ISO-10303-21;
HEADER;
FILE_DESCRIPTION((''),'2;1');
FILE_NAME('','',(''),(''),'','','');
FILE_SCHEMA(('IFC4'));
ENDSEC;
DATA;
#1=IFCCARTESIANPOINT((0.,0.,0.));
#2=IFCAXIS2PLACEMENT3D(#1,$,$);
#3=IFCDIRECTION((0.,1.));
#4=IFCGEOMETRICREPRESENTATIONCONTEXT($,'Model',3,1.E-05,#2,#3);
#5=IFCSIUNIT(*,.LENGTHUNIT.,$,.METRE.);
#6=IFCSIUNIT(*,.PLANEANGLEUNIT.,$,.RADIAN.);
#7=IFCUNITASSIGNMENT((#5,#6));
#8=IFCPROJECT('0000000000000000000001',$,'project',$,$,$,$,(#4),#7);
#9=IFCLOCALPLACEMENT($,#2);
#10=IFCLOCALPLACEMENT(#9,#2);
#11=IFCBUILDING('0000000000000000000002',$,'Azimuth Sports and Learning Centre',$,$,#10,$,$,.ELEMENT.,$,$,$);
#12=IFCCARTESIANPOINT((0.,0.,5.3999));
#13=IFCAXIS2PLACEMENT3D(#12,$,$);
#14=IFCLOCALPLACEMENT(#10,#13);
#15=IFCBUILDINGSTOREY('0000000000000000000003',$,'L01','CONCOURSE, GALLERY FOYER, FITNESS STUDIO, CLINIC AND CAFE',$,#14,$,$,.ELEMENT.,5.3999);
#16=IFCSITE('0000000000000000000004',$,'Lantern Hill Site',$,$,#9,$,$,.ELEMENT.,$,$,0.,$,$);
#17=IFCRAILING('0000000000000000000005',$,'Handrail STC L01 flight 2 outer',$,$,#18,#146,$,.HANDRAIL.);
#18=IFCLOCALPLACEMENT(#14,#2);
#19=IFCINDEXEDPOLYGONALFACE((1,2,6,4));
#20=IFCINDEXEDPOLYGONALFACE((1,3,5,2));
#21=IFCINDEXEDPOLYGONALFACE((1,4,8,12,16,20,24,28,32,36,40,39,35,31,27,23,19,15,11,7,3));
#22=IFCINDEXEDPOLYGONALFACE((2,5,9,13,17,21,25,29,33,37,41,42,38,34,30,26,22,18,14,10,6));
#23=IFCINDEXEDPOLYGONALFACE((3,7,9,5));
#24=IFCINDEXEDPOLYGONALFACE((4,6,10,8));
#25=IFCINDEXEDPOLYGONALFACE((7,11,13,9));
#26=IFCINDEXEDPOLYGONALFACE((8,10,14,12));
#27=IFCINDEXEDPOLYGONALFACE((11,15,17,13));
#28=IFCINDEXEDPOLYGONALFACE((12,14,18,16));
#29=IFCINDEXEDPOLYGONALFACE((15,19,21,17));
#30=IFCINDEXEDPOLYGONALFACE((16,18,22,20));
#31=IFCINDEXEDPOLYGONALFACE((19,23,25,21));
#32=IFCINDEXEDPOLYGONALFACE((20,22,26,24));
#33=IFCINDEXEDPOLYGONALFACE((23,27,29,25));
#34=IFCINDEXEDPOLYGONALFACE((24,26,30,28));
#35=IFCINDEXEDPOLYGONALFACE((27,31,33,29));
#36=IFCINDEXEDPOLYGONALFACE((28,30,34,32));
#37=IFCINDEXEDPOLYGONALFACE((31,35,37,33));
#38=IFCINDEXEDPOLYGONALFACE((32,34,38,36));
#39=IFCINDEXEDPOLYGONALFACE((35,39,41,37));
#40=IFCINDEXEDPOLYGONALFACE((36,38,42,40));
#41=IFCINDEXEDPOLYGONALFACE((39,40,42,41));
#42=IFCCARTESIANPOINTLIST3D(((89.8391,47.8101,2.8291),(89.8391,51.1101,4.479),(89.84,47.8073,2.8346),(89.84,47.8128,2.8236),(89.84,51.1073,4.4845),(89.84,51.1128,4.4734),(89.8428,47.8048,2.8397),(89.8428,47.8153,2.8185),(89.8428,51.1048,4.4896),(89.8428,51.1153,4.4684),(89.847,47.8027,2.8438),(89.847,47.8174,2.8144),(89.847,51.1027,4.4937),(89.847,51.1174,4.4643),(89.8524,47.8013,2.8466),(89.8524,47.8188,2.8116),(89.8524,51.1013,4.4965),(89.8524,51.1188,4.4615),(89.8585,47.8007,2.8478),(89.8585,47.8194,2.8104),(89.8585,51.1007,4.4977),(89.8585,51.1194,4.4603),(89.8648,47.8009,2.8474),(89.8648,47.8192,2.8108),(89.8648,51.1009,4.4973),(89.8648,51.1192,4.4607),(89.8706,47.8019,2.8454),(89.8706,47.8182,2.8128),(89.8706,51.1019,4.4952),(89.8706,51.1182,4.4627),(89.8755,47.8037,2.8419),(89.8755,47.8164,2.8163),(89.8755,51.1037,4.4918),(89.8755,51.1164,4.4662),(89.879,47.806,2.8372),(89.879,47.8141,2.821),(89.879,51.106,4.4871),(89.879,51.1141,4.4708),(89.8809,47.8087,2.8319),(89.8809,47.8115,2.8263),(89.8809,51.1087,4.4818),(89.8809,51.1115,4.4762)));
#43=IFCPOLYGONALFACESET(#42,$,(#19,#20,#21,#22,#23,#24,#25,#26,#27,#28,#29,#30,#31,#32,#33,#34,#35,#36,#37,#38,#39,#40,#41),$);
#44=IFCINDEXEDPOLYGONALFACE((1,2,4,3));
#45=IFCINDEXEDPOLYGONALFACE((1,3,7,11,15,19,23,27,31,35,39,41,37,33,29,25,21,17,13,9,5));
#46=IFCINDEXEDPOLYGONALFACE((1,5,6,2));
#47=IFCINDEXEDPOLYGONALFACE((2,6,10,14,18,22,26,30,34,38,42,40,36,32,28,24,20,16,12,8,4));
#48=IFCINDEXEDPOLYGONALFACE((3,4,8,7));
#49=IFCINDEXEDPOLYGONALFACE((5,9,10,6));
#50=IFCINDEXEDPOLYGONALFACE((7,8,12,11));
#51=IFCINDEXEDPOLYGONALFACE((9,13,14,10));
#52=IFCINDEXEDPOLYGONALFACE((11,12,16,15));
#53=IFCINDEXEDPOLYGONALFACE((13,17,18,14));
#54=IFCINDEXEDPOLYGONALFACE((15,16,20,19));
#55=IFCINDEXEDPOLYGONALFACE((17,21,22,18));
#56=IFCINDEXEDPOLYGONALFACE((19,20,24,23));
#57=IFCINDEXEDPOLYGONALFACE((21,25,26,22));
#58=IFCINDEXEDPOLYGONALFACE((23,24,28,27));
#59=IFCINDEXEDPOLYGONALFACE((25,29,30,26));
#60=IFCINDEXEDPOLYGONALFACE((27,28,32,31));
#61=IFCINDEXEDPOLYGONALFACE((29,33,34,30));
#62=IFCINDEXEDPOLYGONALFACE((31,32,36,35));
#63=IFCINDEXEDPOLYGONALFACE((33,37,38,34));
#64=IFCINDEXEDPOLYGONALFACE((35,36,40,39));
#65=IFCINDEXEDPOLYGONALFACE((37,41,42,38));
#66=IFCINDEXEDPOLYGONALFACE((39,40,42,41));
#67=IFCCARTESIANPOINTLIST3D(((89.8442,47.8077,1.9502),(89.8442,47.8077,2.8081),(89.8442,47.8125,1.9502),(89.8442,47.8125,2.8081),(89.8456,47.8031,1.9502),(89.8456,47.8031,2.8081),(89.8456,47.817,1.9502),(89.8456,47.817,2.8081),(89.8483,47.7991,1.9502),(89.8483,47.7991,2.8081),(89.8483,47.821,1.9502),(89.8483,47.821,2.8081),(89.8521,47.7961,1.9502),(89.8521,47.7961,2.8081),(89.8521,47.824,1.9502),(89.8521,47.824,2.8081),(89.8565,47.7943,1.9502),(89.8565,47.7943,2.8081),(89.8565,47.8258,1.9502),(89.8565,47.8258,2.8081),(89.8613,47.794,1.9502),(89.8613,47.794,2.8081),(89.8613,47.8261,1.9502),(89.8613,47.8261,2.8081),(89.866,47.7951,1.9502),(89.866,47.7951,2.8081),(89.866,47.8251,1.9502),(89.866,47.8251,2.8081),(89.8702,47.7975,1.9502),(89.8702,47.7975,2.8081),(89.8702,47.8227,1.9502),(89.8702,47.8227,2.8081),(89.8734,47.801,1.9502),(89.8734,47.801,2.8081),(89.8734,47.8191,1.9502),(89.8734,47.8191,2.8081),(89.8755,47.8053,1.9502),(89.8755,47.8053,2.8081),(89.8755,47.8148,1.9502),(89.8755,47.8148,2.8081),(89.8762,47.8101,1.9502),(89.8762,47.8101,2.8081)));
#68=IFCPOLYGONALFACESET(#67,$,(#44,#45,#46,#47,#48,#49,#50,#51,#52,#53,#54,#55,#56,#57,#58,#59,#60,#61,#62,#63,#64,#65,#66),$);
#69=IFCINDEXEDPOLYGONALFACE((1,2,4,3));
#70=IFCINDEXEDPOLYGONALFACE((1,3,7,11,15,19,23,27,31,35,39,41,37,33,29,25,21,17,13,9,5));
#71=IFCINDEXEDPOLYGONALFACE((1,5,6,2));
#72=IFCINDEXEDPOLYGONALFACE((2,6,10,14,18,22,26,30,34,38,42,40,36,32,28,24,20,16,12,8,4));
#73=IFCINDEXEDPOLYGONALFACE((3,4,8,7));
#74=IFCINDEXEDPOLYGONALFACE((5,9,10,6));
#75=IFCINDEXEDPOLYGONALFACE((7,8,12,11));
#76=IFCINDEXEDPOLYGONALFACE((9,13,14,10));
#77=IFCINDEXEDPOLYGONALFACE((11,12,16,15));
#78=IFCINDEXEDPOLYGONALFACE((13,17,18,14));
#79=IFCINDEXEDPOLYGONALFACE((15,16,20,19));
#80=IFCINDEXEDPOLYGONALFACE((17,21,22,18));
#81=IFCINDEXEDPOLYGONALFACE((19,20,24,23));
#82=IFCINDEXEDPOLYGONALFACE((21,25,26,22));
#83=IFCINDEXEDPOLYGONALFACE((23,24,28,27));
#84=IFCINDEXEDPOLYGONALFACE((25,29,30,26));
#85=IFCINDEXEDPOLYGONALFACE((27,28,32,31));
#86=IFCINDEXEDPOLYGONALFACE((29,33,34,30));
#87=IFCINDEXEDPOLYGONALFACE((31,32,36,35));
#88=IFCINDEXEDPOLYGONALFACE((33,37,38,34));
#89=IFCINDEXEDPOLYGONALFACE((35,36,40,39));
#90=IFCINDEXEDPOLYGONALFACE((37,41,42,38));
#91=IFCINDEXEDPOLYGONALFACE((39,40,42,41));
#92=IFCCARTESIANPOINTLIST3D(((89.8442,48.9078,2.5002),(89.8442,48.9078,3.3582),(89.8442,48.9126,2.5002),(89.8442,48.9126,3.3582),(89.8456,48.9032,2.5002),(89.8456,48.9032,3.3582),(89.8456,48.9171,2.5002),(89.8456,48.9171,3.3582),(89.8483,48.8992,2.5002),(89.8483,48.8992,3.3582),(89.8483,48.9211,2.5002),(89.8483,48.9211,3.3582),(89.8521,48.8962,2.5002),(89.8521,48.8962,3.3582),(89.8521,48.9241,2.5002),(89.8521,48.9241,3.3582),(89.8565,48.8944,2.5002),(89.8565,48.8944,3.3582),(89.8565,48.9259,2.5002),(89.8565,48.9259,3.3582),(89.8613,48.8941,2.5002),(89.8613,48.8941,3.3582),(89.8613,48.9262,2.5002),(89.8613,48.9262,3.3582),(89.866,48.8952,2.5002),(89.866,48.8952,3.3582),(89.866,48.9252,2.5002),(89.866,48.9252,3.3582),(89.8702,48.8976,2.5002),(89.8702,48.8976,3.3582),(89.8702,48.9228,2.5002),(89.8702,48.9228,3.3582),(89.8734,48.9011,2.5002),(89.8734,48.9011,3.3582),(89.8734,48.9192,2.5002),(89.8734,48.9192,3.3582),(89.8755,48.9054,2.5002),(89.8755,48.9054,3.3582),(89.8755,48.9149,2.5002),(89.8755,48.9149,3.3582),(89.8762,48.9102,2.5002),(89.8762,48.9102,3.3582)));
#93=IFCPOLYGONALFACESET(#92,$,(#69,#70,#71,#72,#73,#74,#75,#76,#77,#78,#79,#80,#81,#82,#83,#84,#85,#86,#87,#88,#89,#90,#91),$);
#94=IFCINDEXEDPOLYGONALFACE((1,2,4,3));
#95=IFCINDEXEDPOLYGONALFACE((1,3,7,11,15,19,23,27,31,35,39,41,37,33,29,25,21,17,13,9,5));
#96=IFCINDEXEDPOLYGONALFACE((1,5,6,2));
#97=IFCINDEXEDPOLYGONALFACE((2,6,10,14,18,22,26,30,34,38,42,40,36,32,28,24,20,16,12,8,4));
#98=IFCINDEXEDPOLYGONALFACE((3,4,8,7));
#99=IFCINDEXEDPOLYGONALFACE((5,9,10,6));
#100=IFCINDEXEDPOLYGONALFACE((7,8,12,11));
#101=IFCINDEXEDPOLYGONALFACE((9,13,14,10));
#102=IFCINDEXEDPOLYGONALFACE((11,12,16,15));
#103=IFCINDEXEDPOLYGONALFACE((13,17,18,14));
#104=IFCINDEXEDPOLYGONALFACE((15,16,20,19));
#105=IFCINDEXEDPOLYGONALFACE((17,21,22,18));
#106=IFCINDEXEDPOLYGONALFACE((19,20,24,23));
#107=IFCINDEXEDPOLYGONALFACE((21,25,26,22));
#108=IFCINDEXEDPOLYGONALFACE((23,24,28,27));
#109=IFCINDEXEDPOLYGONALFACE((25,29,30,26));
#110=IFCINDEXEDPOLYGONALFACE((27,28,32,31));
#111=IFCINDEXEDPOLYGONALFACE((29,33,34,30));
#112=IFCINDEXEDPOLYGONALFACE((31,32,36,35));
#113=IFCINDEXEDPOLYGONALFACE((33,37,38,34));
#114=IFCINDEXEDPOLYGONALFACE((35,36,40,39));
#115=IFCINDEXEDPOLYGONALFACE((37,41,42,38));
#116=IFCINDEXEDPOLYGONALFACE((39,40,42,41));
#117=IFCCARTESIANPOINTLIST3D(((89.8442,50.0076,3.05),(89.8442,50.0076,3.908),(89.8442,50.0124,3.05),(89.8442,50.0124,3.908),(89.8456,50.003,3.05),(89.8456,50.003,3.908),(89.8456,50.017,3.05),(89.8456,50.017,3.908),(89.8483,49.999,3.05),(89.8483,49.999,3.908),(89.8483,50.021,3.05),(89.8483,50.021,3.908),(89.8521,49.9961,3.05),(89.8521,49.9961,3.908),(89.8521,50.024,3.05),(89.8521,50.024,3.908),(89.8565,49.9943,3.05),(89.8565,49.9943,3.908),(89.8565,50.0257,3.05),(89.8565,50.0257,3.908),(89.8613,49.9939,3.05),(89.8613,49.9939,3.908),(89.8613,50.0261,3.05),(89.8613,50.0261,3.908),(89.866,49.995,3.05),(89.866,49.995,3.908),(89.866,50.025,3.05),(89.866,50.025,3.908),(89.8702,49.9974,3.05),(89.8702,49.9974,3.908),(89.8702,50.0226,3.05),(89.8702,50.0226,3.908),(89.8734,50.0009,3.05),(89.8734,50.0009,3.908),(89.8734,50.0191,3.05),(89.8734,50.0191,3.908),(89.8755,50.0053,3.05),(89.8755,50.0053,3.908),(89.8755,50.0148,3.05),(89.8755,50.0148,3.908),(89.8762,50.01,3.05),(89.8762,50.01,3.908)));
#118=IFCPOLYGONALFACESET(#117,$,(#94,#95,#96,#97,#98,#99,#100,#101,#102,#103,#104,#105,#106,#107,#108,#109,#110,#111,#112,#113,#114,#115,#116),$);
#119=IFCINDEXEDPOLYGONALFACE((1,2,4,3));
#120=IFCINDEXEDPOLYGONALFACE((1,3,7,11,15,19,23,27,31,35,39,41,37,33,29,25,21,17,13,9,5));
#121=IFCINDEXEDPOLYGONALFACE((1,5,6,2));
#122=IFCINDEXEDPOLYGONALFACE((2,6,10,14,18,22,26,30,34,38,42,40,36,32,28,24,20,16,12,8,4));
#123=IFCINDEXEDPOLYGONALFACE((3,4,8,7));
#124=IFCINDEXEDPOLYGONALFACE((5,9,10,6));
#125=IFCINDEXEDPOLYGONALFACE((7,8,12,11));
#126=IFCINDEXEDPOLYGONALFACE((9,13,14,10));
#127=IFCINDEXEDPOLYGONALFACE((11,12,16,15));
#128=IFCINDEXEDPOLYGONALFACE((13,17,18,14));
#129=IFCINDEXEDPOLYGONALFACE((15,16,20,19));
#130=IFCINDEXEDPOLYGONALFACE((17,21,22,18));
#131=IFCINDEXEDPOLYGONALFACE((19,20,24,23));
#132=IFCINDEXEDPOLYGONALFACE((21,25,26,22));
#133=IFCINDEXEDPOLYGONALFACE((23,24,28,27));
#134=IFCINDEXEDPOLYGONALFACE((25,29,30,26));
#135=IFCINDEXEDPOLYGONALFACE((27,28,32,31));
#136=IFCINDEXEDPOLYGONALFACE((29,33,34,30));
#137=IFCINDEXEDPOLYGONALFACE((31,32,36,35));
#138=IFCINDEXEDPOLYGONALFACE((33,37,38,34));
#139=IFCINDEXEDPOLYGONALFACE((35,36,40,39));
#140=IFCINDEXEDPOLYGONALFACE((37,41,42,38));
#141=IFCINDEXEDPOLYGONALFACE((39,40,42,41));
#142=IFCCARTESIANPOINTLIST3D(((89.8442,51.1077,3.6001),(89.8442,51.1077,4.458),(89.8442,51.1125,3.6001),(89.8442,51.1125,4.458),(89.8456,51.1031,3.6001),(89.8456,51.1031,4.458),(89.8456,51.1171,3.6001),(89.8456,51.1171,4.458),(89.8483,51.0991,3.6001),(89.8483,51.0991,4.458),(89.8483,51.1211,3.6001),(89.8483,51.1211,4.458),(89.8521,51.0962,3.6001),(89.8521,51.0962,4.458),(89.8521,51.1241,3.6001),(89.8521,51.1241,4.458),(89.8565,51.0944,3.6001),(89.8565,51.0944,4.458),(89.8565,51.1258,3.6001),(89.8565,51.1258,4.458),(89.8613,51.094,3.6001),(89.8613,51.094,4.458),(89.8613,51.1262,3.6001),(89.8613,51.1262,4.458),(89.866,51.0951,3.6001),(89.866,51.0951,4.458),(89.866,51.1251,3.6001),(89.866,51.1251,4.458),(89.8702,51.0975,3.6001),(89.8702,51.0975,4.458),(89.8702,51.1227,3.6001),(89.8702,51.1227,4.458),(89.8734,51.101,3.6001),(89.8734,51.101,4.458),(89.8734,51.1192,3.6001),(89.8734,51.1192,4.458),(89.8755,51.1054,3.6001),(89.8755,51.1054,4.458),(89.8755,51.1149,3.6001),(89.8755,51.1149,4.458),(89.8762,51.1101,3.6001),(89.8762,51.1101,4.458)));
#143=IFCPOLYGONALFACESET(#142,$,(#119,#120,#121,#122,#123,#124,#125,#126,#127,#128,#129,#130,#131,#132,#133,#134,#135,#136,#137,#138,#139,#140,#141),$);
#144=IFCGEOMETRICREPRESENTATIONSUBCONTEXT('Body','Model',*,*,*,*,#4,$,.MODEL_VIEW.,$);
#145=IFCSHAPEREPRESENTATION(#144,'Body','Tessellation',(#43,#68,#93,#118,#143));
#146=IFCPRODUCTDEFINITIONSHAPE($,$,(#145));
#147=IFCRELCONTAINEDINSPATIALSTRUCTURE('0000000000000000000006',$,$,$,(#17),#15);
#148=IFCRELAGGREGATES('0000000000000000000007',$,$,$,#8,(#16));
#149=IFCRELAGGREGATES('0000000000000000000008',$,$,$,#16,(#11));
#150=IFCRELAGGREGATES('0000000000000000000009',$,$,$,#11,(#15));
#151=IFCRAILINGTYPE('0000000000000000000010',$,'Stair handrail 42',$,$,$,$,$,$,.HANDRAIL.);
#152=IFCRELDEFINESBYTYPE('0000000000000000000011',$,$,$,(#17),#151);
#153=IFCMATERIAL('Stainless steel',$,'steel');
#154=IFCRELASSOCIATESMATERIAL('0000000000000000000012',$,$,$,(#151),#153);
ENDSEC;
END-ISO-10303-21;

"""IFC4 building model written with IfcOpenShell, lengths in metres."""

from ifc_helpers import new_model, si_unit, direction, frame, origin, origin_2d, place, context, subcontext, project, spatial, circle, extrude, material, type_object, element, save


model = new_model("IFC4")

# Units and contexts
model_context = context("Model", 3, precision=1e-05, world=origin(), true_north=direction((0.0, 1.0)))
body_context = subcontext(model_context, "Body", "Model", "MODEL_VIEW")
ifc_project = project(units=[si_unit("LENGTHUNIT", "METRE"), si_unit("PLANEANGLEUNIT", "RADIAN")], contexts=[model_context])

# Site, building, storey
site_placement = place(None, origin())
site = spatial("IfcSite", under=ifc_project, at=site_placement, Name="Lantern Hill Site", CompositionType="ELEMENT", RefElevation=0.0)
building_placement = place(site_placement, origin())
building = spatial("IfcBuilding", under=site, at=building_placement, Name="Azimuth Sports and Learning Centre", CompositionType="ELEMENT")
storey_placement = place(building_placement, frame((0.0, 0.0, 5.3999)))
storey = spatial("IfcBuildingStorey", under=building, at=storey_placement, Name="L01", Description="CONCOURSE, GALLERY FOYER, FITNESS STUDIO, CLINIC AND CAFE", CompositionType="ELEMENT", Elevation=5.3999)

# Railing
ifc_material_1 = material(Name="Stainless steel", Category="steel")
railing_type = type_object("IfcRailingType", Name="Stair handrail 42", PredefinedType="HANDRAIL", material=ifc_material_1)
for number, where, name in (
    (1, (89.8601, 47.8101, 1.9502), "Handrail STC L01 flight 2 outer"),
):
    element("IfcRailing", number, at=place(storey_placement, frame(where)), inside=storey, type_object=railing_type, Name=name, PredefinedType="HANDRAIL", context=body_context, shape_type="SweptSolid", body=[
        extrude(circle(Radius=0.021, at=origin_2d()), frame((0.0, 0.0, 0.8789), z_axis=(0.0, 0.89444, 0.447187), x_axis=(-1.0, 0.0, 0.0)), (0.0, 0.0, 1.0), 3.6895),
        extrude(circle(Radius=0.0161, at=origin_2d()), origin(), (0.0, 0.0, 1.0), 0.8579),
        extrude(circle(Radius=0.0161, at=origin_2d()), frame((0.0, 1.1001, 0.55)), (0.0, 0.0, 1.0), 0.8579),
        extrude(circle(Radius=0.0161, at=origin_2d()), frame((0.0, 2.2, 1.0999)), (0.0, 0.0, 1.0), 0.8579),
        extrude(circle(Radius=0.0161, at=origin_2d()), frame((0.0, 3.3, 1.6499)), (0.0, 0.0, 1.0), 0.8579),
    ])

save(model, "model.ifc")
